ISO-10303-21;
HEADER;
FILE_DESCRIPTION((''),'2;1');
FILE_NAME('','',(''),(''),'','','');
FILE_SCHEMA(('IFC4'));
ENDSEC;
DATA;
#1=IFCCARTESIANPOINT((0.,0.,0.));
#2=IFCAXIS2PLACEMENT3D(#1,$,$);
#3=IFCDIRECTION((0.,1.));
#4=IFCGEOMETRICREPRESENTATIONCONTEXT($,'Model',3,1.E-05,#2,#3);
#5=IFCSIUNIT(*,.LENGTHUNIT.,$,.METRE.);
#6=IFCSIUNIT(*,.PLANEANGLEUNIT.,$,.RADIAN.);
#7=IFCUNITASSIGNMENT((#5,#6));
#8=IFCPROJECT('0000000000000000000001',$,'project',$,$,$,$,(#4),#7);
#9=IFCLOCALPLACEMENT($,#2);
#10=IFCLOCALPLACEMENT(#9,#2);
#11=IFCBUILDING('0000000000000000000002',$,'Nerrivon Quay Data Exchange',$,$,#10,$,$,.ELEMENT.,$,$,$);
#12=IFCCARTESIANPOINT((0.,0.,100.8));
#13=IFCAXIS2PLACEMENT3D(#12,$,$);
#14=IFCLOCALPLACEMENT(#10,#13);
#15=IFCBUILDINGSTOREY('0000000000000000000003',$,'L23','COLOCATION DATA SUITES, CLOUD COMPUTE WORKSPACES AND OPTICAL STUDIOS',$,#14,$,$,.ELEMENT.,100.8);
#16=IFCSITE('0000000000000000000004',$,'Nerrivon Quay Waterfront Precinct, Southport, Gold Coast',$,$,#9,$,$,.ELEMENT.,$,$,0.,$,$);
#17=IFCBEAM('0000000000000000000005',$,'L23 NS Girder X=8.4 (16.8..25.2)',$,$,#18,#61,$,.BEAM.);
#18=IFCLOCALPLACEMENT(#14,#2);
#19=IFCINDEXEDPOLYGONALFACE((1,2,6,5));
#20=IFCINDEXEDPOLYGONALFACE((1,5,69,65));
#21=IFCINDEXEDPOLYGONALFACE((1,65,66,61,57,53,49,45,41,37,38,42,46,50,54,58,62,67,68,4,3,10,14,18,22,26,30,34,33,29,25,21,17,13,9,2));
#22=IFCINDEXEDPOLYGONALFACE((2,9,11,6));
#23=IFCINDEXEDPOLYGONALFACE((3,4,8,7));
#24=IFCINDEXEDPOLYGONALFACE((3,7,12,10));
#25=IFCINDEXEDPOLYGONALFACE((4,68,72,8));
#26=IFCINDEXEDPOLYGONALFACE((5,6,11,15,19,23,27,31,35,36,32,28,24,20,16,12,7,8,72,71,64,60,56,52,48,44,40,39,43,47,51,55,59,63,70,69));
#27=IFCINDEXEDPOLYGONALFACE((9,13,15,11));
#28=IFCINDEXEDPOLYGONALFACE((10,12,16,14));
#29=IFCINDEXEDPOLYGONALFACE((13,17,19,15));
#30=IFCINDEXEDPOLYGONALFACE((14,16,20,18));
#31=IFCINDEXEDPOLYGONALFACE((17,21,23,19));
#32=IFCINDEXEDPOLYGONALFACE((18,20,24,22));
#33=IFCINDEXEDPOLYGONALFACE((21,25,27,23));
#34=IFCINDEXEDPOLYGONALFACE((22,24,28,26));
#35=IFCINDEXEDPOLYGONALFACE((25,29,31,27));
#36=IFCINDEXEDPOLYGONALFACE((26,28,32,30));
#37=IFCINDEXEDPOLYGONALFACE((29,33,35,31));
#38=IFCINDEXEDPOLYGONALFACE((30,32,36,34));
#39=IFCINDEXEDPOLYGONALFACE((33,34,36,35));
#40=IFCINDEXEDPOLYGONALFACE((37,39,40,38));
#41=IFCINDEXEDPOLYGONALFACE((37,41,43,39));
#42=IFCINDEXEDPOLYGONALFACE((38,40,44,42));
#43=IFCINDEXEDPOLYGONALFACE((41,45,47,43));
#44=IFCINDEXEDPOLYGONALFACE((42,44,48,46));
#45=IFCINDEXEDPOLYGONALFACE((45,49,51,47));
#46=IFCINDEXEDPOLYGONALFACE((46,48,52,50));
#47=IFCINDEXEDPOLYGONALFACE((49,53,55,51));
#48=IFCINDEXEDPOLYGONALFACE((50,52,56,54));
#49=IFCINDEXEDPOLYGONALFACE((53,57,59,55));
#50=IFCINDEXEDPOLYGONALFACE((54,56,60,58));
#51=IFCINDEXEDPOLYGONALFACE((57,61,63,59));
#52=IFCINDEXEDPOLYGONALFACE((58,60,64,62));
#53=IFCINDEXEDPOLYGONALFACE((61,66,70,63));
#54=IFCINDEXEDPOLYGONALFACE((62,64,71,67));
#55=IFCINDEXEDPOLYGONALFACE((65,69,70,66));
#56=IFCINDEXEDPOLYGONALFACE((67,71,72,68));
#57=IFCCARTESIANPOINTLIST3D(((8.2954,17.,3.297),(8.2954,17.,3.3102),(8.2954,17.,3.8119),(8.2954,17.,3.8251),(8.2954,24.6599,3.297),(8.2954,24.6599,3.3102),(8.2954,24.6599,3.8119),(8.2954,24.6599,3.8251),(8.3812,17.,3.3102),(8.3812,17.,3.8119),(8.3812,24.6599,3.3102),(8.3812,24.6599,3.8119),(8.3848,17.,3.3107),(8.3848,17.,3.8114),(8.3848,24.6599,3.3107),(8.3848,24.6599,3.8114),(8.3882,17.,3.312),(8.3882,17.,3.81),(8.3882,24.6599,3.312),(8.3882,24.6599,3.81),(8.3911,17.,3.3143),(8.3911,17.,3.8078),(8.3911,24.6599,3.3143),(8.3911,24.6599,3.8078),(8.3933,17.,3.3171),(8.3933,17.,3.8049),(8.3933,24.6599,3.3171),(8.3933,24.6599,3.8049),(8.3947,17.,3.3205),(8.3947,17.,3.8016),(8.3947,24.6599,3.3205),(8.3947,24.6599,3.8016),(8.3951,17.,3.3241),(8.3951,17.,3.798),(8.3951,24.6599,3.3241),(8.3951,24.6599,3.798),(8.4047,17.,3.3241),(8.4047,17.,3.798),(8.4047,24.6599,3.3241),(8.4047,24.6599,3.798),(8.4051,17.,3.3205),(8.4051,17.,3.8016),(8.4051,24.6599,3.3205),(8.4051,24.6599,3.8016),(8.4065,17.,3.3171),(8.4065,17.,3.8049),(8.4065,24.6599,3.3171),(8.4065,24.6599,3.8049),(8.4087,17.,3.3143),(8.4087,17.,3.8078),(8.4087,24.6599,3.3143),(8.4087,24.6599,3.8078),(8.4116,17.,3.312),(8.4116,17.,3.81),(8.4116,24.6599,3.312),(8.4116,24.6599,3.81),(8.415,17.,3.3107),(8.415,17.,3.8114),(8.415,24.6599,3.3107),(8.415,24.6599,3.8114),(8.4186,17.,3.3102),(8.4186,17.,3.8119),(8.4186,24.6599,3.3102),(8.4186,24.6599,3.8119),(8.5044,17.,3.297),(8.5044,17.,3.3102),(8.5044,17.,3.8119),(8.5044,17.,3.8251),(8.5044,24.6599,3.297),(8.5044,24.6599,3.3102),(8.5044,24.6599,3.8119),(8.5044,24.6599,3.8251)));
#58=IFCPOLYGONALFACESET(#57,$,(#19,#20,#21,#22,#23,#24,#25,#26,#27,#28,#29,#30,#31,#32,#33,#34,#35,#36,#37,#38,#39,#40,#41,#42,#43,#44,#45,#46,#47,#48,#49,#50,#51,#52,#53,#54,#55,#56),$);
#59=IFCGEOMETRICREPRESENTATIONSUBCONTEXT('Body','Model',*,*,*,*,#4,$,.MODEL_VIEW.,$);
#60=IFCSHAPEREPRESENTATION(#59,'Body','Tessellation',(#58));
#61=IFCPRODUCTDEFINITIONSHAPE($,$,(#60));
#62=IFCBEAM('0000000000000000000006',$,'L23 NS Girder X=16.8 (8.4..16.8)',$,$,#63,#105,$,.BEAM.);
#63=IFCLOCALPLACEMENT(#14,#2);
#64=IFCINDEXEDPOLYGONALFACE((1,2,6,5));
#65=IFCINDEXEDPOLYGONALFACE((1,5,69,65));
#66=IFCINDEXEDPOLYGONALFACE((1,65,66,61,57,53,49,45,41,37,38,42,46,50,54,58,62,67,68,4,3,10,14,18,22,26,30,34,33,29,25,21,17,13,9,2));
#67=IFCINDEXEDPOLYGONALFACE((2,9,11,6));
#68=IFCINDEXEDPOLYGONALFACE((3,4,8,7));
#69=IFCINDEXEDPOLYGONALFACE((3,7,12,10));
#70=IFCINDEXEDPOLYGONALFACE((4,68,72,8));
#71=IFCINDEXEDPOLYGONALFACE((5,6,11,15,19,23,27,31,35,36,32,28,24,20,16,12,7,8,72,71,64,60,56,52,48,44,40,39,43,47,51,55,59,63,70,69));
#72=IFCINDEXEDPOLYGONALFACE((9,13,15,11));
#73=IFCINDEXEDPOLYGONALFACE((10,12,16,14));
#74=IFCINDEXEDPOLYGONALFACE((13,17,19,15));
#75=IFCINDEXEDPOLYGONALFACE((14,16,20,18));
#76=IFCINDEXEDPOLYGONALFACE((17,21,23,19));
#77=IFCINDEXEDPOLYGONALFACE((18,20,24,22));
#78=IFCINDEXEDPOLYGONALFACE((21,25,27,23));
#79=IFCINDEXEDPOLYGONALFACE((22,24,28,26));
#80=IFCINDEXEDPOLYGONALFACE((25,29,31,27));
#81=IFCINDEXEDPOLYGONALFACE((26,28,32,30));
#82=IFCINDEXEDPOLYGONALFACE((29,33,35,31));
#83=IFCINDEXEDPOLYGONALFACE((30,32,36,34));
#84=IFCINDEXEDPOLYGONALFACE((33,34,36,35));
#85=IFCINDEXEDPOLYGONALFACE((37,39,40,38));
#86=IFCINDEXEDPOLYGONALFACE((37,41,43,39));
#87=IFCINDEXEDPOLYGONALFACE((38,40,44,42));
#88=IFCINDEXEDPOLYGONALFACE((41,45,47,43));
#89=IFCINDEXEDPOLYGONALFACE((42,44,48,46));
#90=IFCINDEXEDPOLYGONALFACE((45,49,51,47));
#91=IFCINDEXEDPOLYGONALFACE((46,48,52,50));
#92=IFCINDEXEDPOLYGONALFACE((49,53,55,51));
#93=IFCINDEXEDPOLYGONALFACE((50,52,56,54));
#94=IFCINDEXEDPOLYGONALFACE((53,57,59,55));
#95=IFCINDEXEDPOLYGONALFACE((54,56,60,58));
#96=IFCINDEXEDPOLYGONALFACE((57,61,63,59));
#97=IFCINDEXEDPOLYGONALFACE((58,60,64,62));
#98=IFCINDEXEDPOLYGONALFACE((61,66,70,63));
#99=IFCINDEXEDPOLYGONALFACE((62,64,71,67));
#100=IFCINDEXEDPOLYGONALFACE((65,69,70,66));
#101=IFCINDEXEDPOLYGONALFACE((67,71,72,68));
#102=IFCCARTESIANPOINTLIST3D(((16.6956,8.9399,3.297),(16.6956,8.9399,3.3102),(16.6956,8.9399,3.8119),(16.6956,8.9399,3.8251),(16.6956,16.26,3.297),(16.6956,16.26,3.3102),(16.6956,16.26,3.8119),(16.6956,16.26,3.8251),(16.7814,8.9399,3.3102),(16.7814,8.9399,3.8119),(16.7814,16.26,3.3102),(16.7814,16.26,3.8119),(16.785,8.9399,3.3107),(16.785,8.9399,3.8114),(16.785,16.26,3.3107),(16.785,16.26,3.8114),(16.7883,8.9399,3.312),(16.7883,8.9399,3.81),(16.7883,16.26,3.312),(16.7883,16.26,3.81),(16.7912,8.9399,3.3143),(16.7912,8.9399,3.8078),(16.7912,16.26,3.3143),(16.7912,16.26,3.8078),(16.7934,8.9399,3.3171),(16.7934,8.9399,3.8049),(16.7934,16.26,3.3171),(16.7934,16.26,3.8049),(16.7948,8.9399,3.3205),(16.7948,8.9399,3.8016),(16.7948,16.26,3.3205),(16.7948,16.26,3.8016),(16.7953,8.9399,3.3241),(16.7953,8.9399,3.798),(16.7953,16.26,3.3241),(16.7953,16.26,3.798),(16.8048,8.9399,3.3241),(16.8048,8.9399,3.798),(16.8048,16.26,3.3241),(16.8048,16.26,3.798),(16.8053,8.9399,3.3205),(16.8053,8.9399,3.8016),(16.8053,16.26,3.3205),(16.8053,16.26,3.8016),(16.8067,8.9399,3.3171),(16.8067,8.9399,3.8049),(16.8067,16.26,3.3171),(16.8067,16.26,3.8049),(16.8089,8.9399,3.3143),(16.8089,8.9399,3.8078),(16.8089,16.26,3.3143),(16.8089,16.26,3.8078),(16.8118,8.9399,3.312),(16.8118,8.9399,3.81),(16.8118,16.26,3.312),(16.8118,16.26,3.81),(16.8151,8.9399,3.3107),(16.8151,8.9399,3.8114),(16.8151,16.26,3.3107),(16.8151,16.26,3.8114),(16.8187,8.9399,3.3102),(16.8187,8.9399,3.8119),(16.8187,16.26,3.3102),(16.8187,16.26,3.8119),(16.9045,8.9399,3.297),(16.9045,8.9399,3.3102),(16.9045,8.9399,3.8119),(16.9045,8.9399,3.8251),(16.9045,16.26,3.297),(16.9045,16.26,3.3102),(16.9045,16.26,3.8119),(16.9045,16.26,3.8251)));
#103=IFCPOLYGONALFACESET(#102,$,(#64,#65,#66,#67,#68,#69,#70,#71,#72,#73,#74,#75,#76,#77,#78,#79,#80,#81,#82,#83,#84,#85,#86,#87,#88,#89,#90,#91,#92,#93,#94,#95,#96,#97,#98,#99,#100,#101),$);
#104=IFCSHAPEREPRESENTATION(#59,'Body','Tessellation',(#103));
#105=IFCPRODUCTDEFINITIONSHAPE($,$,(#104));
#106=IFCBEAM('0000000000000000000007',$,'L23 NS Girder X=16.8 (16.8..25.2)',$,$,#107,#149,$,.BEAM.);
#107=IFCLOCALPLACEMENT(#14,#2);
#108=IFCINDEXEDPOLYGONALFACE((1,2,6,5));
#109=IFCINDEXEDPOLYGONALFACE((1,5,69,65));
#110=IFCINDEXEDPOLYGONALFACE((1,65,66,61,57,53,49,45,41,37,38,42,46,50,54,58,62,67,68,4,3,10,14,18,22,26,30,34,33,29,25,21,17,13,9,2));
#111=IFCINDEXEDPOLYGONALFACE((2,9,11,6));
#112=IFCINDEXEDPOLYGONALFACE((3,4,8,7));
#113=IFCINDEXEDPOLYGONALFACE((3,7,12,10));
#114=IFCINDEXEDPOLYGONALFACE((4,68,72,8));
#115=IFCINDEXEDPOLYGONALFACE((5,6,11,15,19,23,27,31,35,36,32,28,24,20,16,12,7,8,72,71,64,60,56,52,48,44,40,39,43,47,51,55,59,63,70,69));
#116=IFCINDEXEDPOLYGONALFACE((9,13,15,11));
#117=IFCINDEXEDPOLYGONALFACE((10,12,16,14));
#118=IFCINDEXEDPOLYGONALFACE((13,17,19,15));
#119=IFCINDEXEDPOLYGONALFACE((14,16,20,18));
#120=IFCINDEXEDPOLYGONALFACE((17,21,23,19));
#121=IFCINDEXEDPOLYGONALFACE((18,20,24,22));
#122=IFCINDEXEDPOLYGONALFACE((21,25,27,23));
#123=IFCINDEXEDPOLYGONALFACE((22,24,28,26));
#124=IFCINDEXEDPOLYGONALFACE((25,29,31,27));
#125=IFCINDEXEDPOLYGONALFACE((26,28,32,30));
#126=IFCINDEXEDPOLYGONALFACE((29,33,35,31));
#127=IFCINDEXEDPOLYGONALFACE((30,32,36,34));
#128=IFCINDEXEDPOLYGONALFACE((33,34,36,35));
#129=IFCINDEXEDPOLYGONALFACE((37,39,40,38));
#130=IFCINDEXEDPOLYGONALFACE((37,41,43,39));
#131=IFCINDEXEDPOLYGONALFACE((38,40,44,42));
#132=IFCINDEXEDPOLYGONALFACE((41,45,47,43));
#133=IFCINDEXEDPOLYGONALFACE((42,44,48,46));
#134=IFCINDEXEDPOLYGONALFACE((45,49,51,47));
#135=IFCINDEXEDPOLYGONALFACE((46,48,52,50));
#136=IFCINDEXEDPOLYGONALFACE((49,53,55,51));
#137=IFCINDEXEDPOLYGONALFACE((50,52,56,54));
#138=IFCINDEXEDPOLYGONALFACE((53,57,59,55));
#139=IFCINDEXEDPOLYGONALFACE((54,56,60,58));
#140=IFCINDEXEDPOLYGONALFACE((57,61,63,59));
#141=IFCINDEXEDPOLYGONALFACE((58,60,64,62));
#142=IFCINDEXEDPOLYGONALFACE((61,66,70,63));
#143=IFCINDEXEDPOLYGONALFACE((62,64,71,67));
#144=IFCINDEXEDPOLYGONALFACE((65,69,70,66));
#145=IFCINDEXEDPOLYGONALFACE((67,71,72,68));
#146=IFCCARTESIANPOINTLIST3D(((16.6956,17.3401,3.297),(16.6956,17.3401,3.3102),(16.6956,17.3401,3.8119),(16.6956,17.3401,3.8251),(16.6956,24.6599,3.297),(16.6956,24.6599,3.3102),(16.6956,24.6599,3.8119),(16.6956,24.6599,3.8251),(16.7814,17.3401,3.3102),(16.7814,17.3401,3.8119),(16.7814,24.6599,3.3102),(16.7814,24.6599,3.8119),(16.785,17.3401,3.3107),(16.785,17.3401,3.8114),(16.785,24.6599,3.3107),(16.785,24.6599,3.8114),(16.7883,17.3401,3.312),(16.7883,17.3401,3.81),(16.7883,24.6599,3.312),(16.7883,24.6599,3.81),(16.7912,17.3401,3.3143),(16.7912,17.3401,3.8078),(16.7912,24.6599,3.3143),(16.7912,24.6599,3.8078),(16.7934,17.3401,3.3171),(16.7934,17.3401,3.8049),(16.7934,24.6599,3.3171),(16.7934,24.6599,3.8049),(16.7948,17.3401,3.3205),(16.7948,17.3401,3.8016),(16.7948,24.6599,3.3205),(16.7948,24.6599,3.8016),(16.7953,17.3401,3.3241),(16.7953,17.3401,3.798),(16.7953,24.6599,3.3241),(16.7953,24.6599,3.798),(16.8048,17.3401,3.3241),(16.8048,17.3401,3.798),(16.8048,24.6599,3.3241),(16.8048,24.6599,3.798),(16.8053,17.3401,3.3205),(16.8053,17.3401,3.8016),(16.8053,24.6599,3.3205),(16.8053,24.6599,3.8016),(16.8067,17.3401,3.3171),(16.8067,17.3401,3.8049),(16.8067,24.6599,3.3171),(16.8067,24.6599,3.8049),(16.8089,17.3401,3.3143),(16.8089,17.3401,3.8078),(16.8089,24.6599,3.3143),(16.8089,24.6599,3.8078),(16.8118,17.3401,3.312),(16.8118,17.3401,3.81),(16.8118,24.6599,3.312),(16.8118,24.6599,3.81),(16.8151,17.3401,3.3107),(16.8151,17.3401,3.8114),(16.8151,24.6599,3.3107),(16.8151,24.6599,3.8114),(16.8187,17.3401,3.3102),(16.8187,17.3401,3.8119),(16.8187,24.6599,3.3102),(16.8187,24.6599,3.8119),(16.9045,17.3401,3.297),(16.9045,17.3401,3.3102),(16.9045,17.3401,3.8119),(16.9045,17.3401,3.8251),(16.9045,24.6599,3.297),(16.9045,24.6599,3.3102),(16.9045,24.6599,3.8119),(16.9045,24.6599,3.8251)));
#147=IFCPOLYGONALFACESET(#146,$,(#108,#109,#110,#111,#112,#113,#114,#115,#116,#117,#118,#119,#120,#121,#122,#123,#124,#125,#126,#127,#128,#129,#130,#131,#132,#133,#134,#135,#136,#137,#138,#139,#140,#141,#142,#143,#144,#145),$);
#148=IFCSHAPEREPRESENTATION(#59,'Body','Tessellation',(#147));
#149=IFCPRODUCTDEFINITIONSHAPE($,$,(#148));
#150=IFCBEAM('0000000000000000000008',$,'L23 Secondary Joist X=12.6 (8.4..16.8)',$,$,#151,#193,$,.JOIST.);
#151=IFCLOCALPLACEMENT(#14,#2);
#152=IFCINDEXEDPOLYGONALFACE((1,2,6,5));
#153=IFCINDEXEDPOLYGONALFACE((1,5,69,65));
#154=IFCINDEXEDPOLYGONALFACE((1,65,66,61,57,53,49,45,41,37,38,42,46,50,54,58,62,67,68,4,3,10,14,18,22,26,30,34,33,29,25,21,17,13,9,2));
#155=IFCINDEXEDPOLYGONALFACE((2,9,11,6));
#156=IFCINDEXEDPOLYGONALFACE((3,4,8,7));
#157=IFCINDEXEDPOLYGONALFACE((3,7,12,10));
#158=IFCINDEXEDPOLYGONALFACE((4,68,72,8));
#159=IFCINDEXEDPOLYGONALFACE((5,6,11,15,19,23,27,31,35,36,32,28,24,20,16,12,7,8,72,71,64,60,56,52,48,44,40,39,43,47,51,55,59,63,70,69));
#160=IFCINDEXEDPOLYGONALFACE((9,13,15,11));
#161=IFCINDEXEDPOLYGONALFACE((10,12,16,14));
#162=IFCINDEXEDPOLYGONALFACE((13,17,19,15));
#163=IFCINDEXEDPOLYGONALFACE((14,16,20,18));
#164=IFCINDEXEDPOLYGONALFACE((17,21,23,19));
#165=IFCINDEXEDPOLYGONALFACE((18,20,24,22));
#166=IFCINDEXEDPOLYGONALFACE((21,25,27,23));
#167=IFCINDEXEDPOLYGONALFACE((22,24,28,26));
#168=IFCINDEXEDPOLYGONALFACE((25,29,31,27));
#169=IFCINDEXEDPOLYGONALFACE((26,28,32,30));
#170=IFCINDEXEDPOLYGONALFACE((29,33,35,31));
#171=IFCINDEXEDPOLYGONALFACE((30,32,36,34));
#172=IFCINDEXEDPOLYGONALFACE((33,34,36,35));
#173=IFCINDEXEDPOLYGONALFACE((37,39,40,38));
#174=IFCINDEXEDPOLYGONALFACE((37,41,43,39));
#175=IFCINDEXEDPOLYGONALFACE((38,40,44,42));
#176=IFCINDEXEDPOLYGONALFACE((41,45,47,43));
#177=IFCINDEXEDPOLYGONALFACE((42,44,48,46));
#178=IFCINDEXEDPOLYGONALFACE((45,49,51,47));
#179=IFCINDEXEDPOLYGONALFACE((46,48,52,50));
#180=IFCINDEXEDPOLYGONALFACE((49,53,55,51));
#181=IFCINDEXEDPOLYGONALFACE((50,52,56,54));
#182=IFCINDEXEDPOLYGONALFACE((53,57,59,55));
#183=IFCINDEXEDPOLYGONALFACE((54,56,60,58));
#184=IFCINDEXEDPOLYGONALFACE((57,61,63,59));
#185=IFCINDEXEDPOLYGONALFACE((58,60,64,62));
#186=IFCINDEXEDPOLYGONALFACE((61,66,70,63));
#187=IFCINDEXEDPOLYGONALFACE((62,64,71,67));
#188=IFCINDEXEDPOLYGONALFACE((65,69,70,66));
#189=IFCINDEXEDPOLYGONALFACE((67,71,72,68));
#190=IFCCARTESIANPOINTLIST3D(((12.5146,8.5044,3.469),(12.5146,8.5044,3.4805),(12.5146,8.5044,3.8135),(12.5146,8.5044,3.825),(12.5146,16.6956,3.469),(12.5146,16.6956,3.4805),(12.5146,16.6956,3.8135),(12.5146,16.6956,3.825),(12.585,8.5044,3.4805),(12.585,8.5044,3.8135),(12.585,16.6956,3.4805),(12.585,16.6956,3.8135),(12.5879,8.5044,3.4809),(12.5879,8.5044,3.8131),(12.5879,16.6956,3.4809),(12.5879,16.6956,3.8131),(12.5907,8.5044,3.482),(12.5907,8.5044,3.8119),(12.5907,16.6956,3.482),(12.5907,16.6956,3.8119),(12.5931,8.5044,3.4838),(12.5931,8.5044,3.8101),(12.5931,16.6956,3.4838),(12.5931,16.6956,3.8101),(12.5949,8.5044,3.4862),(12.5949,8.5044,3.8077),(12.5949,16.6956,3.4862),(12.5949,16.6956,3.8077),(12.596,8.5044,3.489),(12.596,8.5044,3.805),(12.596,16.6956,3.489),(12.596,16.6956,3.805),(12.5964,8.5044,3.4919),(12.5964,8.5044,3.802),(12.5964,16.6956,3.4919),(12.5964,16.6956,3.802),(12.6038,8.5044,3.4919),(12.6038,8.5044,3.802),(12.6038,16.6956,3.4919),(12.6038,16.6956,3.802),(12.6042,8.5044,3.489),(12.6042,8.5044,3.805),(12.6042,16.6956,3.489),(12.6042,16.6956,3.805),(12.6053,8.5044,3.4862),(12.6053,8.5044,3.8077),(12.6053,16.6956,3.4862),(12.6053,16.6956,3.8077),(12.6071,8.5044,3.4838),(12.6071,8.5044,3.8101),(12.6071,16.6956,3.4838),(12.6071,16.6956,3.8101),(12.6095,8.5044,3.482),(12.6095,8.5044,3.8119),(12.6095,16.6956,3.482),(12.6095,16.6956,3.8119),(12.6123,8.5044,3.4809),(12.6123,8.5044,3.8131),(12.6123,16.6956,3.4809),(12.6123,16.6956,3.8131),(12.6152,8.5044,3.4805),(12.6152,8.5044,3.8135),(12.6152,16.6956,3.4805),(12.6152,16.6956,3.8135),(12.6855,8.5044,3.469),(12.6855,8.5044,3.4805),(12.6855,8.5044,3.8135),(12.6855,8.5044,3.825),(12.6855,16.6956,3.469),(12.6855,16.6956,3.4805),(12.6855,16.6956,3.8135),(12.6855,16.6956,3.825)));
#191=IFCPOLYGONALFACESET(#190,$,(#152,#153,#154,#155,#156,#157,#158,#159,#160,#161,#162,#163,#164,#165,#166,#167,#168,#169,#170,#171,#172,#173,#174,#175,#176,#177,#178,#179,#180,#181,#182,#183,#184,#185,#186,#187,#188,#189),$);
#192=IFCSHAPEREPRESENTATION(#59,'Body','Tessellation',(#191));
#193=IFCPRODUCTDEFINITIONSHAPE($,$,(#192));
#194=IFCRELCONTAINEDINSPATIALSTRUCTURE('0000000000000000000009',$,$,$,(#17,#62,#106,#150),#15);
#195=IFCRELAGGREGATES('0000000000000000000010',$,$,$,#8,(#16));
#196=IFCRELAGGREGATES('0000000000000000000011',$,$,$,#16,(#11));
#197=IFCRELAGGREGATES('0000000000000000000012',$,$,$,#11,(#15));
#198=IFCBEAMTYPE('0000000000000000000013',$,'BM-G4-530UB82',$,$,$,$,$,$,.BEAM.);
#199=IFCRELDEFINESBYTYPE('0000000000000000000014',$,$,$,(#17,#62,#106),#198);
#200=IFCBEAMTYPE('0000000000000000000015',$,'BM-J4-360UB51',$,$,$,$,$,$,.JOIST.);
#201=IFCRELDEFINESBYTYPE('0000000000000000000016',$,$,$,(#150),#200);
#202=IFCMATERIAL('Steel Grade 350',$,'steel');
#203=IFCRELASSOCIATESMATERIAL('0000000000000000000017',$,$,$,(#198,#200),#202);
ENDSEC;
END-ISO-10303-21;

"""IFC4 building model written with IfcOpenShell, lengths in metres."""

from ifc_helpers import new_model, si_unit, direction, frame, origin, origin_2d, place, context, subcontext, project, spatial, i_section, extrude, material, material_profile, profile_set, type_object, element, save


model = new_model("IFC4")

# Units and contexts
model_context = context("Model", 3, precision=1e-05, world=origin(), true_north=direction((0.0, 1.0)))
body_context = subcontext(model_context, "Body", "Model", "MODEL_VIEW")
ifc_project = project(units=[si_unit("LENGTHUNIT", "METRE"), si_unit("PLANEANGLEUNIT", "RADIAN")], contexts=[model_context])

# Site, building, storey
site_placement = place(None, origin())
site = spatial("IfcSite", under=ifc_project, at=site_placement, Name="Nerrivon Quay Waterfront Precinct, Southport, Gold Coast", CompositionType="ELEMENT", RefElevation=0.0)
building_placement = place(site_placement, origin())
building = spatial("IfcBuilding", under=site, at=building_placement, Name="Nerrivon Quay Data Exchange", CompositionType="ELEMENT")
storey_placement = place(building_placement, frame((0.0, 0.0, 100.8)))
storey = spatial("IfcBuildingStorey", under=building, at=storey_placement, Name="L23", Description="COLOCATION DATA SUITES, CLOUD COMPUTE WORKSPACES AND OPTICAL STUDIOS", CompositionType="ELEMENT", Elevation=100.8)

# Shared definitions
ifc_material_1 = material(Name="Steel Grade 350", Category="steel")

# Beams
ifc_material_profile_1 = material_profile(ifc_material_1, i_section(OverallWidth=0.209, OverallDepth=0.5281, WebThickness=0.0095, FlangeThickness=0.0132, FilletRadius=0.0139, at=origin_2d()), Name="530UB82.0")
ifc_profile_set_1 = profile_set([ifc_material_profile_1], Name="Steel Grade 350")
beam_type_1 = type_object("IfcBeamType", Name="BM-G4-530UB82", PredefinedType="BEAM", material=ifc_profile_set_1)
beam_1_placement = place(storey_placement, frame((8.3999, 17.0, 3.561), z_axis=(0.0, 1.0, 0.0), x_axis=(-1.0, 0.0, 0.0)))
element("IfcBeam", 1, at=beam_1_placement, inside=storey, type_object=beam_type_1, Name="L23 NS Girder X=8.4 (16.8..25.2)", PredefinedType="BEAM", context=body_context, shape_type="SweptSolid", body=[
    extrude(i_section(OverallWidth=0.209, OverallDepth=0.5281, WebThickness=0.0095, FlangeThickness=0.0132, FilletRadius=0.0139, at=origin_2d()), origin(), (0.0, 0.0, 1.0), 7.6599),
])
beam_2_placement = place(storey_placement, frame((16.8, 8.9399, 3.561), z_axis=(0.0, 1.0, 0.0), x_axis=(-1.0, 0.0, 0.0)))
element("IfcBeam", 2, at=beam_2_placement, inside=storey, type_object=beam_type_1, Name="L23 NS Girder X=16.8 (8.4..16.8)", PredefinedType="BEAM", context=body_context, shape_type="SweptSolid", body=[
    extrude(i_section(OverallWidth=0.209, OverallDepth=0.5281, WebThickness=0.0095, FlangeThickness=0.0132, FilletRadius=0.0139, at=origin_2d()), origin(), (0.0, 0.0, 1.0), 7.3201),
])
beam_3_placement = place(storey_placement, frame((16.8, 17.3401, 3.561), z_axis=(0.0, 1.0, 0.0), x_axis=(-1.0, 0.0, 0.0)))
element("IfcBeam", 3, at=beam_3_placement, inside=storey, type_object=beam_type_1, Name="L23 NS Girder X=16.8 (16.8..25.2)", PredefinedType="BEAM", context=body_context, shape_type="SweptSolid", body=[
    extrude(i_section(OverallWidth=0.209, OverallDepth=0.5281, WebThickness=0.0095, FlangeThickness=0.0132, FilletRadius=0.0139, at=origin_2d()), origin(), (0.0, 0.0, 1.0), 7.3198),
])
ifc_material_profile_2 = material_profile(ifc_material_1, i_section(OverallWidth=0.1709, OverallDepth=0.356, WebThickness=0.0073, FlangeThickness=0.0115, FilletRadius=0.0115, at=origin_2d()), Name="360UB50.7")
ifc_profile_set_2 = profile_set([ifc_material_profile_2], Name="Steel Grade 350")
beam_type_2 = type_object("IfcBeamType", Name="BM-J4-360UB51", PredefinedType="JOIST", material=ifc_profile_set_2)
beam_4_placement = place(storey_placement, frame((12.6001, 8.5044, 3.647), z_axis=(0.0, 1.0, 0.0), x_axis=(-1.0, 0.0, 0.0)))
element("IfcBeam", 4, at=beam_4_placement, inside=storey, type_object=beam_type_2, Name="L23 Secondary Joist X=12.6 (8.4..16.8)", PredefinedType="JOIST", context=body_context, shape_type="SweptSolid", body=[
    extrude(i_section(OverallWidth=0.1709, OverallDepth=0.356, WebThickness=0.0073, FlangeThickness=0.0115, FilletRadius=0.0115, at=origin_2d()), origin(), (0.0, 0.0, 1.0), 8.1912),
])

save(model, "model.ifc")
